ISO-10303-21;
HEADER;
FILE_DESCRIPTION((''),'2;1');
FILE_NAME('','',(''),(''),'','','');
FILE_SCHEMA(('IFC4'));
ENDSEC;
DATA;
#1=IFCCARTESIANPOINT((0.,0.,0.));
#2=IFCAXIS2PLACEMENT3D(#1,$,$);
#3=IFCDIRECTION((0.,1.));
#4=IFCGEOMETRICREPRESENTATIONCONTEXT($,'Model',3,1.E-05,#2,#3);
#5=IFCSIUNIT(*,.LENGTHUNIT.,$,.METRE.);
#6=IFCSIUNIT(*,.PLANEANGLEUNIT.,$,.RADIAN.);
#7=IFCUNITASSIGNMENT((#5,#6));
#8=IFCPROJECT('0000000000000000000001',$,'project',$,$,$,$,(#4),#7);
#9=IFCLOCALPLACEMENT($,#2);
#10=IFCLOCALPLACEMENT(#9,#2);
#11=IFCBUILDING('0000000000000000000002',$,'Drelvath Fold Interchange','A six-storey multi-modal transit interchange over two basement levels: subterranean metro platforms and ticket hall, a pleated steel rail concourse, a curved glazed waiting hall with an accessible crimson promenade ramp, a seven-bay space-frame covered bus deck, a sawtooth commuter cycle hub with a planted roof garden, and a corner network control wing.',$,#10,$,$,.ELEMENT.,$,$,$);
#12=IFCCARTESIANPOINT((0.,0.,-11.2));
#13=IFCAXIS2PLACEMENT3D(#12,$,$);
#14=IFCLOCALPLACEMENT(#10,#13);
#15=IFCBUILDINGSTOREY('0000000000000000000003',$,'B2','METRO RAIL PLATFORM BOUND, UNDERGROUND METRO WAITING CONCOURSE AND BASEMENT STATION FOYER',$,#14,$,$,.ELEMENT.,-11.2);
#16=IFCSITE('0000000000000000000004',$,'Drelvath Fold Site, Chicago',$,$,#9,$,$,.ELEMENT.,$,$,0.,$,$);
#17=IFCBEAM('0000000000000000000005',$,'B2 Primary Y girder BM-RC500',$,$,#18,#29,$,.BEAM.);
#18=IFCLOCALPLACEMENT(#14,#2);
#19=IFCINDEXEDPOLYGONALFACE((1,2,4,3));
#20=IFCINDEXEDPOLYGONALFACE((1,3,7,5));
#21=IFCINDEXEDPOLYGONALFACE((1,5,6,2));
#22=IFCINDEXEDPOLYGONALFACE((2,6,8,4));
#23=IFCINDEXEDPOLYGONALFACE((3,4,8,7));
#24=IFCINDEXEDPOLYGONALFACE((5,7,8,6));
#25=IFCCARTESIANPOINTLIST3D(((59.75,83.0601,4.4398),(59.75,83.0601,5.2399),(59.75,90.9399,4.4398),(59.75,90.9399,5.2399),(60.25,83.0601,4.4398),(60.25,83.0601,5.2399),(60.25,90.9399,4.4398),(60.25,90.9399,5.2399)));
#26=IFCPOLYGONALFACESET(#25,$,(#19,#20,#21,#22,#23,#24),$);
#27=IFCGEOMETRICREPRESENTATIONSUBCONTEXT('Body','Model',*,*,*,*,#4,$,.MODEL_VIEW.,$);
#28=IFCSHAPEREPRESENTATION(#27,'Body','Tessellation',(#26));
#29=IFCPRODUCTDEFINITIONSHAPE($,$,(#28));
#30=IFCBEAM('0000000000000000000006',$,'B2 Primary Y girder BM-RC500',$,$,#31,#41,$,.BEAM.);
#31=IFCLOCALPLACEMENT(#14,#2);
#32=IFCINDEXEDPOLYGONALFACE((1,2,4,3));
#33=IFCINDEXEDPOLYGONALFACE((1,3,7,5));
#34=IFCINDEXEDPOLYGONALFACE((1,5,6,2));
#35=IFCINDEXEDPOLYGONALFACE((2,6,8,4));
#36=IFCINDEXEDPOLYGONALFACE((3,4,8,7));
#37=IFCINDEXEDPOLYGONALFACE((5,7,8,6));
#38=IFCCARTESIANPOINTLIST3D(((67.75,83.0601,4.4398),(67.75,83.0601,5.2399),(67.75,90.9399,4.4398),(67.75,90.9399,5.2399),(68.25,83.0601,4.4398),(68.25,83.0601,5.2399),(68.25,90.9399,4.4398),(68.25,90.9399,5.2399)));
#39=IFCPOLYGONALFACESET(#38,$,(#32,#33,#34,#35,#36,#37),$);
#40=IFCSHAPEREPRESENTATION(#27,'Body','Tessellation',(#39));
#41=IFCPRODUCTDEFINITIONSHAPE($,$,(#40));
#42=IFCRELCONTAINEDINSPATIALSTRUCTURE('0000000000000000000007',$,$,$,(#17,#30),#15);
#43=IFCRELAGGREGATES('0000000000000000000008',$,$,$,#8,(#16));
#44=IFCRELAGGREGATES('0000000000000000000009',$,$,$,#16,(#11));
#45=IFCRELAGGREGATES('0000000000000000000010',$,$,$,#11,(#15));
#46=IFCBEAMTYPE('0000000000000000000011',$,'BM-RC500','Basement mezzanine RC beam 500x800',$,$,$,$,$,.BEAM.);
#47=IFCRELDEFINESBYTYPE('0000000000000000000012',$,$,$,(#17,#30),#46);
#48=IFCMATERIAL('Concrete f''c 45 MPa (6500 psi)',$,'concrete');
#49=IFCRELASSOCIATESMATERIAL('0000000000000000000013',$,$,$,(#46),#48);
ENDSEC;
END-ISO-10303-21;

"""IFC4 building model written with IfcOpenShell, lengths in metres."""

from ifc_helpers import new_model, si_unit, direction, frame, origin, origin_2d, place, context, subcontext, project, spatial, rectangle, extrude, material, material_profile, profile_set, type_object, element, save


model = new_model("IFC4")

# Units and contexts
model_context = context("Model", 3, precision=1e-05, world=origin(), true_north=direction((0.0, 1.0)))
body_context = subcontext(model_context, "Body", "Model", "MODEL_VIEW")
ifc_project = project(units=[si_unit("LENGTHUNIT", "METRE"), si_unit("PLANEANGLEUNIT", "RADIAN")], contexts=[model_context])

# Site, building, storey
site_placement = place(None, origin())
site = spatial("IfcSite", under=ifc_project, at=site_placement, Name="Drelvath Fold Site, Chicago", CompositionType="ELEMENT", RefElevation=0.0)
building_placement = place(site_placement, origin())
building = spatial("IfcBuilding", under=site, at=building_placement, Name="Drelvath Fold Interchange", Description="A six-storey multi-modal transit interchange over two basement levels: subterranean metro platforms and ticket hall, a pleated steel rail concourse, a curved glazed waiting hall with an accessible crimson promenade ramp, a seven-bay space-frame covered bus deck, a sawtooth commuter cycle hub with a planted roof garden, and a corner network control wing.", CompositionType="ELEMENT")
storey_placement = place(building_placement, frame((0.0, 0.0, -11.2)))
storey = spatial("IfcBuildingStorey", under=building, at=storey_placement, Name="B2", Description="METRO RAIL PLATFORM BOUND, UNDERGROUND METRO WAITING CONCOURSE AND BASEMENT STATION FOYER", CompositionType="ELEMENT", Elevation=-11.2)

# Beams
ifc_material_1 = material(Name="Concrete f'c 45 MPa (6500 psi)", Category="concrete")
ifc_material_profile_1 = material_profile(ifc_material_1, rectangle(XDim=0.5, YDim=0.8, at=origin_2d()), Name="RC 500x800")
ifc_profile_set_1 = profile_set([ifc_material_profile_1], Name="Concrete f'c 45 MPa (6500 psi)")
beam_type_1 = type_object("IfcBeamType", Name="BM-RC500", Description="Basement mezzanine RC beam 500x800", PredefinedType="BEAM", material=ifc_profile_set_1)
for number, where, z_axis, x_axis, name in (
    (1, (60.0, 83.0601, 4.8398), (0.0, 1.0, 0.0), (-1.0, 0.0, 0.0), "B2 Primary Y girder BM-RC500"),
    (2, (68.0, 83.0601, 4.8398), (0.0, 1.0, 0.0), (-1.0, 0.0, 0.0), "B2 Primary Y girder BM-RC500"),
):
    element("IfcBeam", number, at=place(storey_placement, frame(where, z_axis=z_axis, x_axis=x_axis)), inside=storey, type_object=beam_type_1, Name=name, PredefinedType="BEAM", context=body_context, shape_type="SweptSolid", body=[
        extrude(rectangle(XDim=0.5, YDim=0.8, at=origin_2d()), origin(), (0.0, 0.0, 1.0), 7.8799),
    ])

save(model, "model.ifc")
